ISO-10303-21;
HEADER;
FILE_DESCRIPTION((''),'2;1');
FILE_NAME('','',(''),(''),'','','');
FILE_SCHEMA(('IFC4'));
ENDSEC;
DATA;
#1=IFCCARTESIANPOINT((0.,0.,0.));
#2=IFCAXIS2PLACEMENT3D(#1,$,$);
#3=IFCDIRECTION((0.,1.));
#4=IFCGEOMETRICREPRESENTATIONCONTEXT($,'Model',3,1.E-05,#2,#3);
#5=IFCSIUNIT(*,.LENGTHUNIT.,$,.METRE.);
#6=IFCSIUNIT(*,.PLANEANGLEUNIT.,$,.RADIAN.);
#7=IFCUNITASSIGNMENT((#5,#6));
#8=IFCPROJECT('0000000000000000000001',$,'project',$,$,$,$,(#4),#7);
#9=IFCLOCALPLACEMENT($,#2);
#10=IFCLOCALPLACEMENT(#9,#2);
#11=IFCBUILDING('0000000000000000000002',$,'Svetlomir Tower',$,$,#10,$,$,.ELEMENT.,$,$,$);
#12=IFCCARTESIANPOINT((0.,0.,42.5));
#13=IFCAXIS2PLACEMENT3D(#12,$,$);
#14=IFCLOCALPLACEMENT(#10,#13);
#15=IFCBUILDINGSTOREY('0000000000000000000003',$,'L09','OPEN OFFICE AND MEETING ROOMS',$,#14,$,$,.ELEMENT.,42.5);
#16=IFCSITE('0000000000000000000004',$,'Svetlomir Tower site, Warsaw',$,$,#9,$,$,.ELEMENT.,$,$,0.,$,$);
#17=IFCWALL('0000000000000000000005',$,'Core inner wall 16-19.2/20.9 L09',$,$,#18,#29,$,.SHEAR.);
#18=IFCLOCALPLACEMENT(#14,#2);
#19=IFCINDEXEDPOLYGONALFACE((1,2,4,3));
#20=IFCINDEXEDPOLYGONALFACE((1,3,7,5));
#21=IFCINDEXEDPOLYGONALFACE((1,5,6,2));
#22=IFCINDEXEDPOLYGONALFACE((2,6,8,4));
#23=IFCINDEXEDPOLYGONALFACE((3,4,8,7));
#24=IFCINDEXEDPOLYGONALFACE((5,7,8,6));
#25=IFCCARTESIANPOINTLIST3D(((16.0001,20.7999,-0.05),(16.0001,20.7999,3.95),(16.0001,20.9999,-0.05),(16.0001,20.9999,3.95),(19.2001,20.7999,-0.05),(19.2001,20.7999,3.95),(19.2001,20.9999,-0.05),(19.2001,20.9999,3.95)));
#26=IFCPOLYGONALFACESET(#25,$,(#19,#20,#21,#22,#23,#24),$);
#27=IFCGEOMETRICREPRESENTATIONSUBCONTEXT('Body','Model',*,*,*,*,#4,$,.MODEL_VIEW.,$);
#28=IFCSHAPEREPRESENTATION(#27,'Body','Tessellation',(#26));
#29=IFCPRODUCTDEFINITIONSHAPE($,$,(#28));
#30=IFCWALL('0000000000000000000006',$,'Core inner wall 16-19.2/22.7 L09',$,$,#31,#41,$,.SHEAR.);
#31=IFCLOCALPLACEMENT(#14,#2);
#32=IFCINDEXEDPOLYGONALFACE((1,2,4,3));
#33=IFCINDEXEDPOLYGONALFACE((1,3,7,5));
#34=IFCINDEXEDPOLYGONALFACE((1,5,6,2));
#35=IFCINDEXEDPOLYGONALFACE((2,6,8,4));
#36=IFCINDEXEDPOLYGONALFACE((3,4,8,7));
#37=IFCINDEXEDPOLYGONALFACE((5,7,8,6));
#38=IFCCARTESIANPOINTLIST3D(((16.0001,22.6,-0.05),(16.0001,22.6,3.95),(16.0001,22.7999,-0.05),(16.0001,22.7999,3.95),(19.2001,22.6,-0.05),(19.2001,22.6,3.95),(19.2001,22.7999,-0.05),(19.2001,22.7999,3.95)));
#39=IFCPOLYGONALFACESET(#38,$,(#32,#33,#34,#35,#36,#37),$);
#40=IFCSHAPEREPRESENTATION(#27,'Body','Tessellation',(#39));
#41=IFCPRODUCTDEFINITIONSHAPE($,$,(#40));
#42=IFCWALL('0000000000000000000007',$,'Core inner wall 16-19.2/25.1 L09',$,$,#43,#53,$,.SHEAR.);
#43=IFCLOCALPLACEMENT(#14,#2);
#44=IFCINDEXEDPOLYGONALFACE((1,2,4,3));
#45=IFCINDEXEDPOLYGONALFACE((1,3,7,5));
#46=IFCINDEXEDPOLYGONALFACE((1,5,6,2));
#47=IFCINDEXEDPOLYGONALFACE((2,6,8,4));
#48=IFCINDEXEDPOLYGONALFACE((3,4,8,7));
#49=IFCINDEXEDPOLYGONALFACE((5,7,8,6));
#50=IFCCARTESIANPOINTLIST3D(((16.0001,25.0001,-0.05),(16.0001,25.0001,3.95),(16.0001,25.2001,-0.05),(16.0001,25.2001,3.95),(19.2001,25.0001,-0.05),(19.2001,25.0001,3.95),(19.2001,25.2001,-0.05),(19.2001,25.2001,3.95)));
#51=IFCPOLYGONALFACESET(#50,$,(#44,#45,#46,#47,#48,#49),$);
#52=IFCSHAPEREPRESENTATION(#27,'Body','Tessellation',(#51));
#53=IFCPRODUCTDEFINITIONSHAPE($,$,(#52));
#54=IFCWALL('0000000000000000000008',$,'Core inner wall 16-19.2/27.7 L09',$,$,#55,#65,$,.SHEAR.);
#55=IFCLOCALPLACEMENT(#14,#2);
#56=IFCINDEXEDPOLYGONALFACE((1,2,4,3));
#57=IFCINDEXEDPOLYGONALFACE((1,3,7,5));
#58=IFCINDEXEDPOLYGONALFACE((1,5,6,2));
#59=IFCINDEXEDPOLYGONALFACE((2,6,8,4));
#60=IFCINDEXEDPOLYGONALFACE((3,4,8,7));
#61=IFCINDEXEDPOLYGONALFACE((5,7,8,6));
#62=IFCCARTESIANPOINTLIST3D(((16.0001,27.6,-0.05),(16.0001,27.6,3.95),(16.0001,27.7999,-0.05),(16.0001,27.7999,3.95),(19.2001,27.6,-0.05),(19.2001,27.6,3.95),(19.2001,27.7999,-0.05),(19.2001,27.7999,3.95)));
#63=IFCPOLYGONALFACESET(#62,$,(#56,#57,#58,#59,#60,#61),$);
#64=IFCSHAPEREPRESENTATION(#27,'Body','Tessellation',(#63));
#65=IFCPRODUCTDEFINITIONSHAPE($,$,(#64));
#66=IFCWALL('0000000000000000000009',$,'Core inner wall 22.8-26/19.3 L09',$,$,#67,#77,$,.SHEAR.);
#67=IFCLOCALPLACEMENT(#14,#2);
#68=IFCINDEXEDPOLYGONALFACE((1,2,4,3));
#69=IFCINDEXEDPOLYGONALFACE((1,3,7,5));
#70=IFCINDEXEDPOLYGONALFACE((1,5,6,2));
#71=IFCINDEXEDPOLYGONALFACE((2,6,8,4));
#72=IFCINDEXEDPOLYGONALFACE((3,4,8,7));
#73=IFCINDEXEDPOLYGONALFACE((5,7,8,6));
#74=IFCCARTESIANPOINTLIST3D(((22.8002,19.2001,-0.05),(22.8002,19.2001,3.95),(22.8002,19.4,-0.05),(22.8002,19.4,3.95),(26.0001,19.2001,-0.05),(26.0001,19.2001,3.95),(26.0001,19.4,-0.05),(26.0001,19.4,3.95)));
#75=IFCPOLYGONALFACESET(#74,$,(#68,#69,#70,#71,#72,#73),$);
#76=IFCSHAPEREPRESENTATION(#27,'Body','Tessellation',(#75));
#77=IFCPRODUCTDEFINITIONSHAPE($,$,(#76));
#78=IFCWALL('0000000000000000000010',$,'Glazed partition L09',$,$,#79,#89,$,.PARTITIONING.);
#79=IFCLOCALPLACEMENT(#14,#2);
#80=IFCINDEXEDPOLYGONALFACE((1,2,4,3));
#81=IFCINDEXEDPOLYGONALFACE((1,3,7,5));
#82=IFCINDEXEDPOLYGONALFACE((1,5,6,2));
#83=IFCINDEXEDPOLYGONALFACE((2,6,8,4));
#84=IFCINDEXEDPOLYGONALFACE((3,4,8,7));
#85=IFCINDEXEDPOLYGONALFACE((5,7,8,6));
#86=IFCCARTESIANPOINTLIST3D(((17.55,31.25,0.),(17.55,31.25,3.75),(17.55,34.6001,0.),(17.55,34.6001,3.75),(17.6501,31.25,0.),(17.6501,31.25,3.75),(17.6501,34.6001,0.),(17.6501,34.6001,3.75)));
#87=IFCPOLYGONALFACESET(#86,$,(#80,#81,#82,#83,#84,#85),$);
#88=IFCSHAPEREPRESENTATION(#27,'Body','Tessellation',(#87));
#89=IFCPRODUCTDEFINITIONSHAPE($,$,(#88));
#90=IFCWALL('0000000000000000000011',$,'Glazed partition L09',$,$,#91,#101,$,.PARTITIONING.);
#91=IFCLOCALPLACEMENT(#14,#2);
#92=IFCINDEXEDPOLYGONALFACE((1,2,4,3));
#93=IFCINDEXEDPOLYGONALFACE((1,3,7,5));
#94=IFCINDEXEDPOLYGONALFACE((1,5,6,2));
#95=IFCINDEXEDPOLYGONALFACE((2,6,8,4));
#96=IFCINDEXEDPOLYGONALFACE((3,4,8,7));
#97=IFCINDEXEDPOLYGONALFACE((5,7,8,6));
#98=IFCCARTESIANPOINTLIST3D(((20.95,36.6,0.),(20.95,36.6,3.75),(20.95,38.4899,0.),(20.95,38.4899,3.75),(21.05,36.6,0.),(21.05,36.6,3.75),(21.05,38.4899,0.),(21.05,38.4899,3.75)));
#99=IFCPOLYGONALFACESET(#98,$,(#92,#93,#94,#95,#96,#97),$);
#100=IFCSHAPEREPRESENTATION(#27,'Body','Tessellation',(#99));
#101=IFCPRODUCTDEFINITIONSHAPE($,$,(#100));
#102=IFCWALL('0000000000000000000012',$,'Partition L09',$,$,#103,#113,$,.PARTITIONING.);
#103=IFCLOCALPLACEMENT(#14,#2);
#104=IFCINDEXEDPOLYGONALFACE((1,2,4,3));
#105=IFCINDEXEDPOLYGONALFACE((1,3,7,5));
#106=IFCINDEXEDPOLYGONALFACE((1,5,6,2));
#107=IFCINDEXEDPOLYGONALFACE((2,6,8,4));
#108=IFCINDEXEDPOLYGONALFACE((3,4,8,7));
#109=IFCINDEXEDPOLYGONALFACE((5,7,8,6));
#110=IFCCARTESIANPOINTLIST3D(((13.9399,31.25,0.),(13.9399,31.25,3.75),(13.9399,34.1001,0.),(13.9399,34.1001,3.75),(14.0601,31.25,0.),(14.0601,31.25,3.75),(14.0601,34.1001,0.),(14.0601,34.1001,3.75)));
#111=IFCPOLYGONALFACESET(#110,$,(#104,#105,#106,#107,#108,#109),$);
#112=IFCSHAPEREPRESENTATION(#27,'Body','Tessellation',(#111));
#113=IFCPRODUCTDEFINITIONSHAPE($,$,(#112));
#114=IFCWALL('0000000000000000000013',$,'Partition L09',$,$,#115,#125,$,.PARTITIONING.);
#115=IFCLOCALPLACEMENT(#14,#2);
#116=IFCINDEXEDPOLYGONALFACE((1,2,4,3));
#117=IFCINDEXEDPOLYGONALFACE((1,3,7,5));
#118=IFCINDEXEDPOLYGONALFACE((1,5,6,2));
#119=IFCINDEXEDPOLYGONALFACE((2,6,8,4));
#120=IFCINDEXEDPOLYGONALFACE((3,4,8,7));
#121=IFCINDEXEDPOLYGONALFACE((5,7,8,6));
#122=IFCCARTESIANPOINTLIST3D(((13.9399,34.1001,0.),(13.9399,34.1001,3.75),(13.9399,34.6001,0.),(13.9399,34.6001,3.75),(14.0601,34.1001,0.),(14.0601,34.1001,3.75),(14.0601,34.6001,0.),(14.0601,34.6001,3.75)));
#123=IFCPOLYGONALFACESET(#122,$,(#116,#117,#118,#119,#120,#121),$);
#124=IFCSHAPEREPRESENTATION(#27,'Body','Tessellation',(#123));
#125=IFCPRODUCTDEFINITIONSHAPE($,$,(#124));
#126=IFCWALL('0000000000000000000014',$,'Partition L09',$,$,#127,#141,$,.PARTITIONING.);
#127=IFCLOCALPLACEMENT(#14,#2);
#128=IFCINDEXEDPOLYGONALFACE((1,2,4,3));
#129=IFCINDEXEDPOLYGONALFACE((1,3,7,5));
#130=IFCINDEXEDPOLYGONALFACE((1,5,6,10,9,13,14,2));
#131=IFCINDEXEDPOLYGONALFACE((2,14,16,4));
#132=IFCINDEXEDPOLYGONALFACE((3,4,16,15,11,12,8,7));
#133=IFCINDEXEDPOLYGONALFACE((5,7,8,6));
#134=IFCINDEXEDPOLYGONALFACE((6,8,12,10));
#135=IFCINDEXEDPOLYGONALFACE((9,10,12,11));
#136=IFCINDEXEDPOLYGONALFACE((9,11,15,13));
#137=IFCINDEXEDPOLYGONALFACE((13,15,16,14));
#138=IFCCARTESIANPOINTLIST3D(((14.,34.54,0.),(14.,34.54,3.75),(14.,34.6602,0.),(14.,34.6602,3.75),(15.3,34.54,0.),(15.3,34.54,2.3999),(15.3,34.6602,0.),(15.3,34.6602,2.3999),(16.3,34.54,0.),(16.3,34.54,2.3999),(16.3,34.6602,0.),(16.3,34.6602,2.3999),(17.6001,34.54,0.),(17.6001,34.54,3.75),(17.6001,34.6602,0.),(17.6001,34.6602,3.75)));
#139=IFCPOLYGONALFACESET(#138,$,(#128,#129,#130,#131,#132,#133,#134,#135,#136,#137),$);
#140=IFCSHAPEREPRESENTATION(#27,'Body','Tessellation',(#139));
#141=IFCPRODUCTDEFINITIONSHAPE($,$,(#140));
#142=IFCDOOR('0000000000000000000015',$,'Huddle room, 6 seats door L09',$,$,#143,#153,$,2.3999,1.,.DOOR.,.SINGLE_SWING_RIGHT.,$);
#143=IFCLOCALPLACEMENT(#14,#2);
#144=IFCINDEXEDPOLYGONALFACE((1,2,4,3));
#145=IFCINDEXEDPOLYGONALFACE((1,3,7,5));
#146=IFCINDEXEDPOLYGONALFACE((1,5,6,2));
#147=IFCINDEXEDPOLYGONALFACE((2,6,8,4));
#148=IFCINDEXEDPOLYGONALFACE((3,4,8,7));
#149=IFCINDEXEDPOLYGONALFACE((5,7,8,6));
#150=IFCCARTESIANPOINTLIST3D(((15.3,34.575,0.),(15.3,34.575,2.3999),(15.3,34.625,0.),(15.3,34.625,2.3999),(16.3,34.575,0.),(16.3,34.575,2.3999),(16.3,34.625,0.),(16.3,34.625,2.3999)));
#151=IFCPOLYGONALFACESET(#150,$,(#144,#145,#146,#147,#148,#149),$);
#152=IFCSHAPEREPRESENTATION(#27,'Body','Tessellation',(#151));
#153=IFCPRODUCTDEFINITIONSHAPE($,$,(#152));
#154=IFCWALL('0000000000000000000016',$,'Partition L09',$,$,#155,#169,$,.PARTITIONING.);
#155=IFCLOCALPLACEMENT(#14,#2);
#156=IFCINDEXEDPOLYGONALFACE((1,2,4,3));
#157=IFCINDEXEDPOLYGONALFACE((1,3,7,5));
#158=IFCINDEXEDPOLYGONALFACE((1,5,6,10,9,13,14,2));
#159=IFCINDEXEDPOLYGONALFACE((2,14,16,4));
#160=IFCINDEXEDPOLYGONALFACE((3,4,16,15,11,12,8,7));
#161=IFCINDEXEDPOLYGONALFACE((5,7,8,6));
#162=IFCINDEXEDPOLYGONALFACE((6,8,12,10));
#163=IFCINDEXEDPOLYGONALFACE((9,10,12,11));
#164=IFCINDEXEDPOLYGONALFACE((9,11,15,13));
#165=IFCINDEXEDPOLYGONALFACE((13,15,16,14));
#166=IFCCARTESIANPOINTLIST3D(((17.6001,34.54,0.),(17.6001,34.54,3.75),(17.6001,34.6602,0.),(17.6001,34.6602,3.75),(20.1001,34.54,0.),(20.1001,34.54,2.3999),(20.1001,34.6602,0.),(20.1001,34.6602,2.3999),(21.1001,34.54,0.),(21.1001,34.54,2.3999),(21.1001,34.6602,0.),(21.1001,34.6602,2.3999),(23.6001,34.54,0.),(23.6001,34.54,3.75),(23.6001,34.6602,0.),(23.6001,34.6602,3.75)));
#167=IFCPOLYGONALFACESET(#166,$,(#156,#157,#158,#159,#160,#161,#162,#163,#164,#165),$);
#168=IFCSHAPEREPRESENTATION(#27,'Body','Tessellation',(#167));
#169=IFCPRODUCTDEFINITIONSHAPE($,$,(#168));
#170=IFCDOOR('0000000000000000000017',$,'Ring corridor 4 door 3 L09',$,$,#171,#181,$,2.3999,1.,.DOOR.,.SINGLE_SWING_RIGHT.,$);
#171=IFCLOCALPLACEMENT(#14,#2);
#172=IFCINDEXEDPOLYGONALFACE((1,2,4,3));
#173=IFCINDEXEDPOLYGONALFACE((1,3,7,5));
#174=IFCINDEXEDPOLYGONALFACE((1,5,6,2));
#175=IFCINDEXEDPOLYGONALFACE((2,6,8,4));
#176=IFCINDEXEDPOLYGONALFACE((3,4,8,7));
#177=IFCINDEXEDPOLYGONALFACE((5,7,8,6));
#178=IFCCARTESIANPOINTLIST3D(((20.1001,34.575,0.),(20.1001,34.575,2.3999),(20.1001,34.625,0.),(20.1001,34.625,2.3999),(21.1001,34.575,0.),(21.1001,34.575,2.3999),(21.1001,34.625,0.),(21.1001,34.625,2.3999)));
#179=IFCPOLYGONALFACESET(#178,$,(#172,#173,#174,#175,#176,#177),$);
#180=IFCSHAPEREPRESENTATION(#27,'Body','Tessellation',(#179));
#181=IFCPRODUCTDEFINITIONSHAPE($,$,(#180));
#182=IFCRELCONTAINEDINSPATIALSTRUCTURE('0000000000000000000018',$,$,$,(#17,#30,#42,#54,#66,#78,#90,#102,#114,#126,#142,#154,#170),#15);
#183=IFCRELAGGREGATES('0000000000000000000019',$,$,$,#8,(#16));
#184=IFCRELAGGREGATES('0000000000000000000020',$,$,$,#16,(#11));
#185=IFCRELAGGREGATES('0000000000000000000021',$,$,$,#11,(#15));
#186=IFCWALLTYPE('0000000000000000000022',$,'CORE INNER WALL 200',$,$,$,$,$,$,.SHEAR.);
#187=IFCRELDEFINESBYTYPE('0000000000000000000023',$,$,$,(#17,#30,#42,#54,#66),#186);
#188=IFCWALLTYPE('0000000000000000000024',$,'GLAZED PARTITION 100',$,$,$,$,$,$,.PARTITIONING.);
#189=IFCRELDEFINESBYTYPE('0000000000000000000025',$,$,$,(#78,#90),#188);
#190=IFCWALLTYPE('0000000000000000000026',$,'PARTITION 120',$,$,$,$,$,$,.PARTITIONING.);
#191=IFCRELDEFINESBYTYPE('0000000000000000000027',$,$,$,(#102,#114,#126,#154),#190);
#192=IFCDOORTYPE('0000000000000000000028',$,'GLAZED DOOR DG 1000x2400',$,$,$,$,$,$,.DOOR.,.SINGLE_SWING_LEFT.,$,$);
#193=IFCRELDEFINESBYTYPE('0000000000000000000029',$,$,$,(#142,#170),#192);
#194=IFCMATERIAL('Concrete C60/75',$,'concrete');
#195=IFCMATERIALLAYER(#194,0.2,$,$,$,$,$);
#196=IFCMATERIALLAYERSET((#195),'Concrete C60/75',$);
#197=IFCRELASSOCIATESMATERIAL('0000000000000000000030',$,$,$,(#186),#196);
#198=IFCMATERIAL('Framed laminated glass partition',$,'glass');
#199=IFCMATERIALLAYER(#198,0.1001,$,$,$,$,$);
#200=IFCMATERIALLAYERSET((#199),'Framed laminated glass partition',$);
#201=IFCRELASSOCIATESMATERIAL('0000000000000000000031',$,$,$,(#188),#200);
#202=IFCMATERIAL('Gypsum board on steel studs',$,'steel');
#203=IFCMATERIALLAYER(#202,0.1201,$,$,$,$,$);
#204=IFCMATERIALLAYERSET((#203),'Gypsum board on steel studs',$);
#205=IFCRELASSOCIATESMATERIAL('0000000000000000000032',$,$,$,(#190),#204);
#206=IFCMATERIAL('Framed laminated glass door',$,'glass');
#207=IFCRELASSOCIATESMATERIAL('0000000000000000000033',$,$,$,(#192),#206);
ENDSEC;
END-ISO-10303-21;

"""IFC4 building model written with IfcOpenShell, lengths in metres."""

from ifc_helpers import new_model, si_unit, direction, frame, frame_2d, origin, place, context, subcontext, project, spatial, rectangle, extrude, material, layer, layer_set, type_object, element, fill, save


model = new_model("IFC4")

# Units and contexts
model_context = context("Model", 3, precision=1e-05, world=origin(), true_north=direction((0.0, 1.0)))
body_context = subcontext(model_context, "Body", "Model", "MODEL_VIEW")
ifc_project = project(units=[si_unit("LENGTHUNIT", "METRE"), si_unit("PLANEANGLEUNIT", "RADIAN")], contexts=[model_context])

# Site, building, storey
site_placement = place(None, origin())
site = spatial("IfcSite", under=ifc_project, at=site_placement, Name="Svetlomir Tower site, Warsaw", CompositionType="ELEMENT", RefElevation=0.0)
building_placement = place(site_placement, origin())
building = spatial("IfcBuilding", under=site, at=building_placement, Name="Svetlomir Tower", CompositionType="ELEMENT")
storey_placement = place(building_placement, frame((0.0, 0.0, 42.5)))
storey = spatial("IfcBuildingStorey", under=building, at=storey_placement, Name="L09", Description="OPEN OFFICE AND MEETING ROOMS", CompositionType="ELEMENT", Elevation=42.5)

# Walls
ifc_material_1 = material(Name="Concrete C60/75", Category="concrete")
ifc_layer_1 = layer(ifc_material_1, 0.2)
ifc_layer_set_1 = layer_set([ifc_layer_1], Name="Concrete C60/75")
wall_type_1 = type_object("IfcWallType", Name="CORE INNER WALL 200", PredefinedType="SHEAR", material=ifc_layer_set_1)
for number, where, z_axis, x_axis, name in (
    (1, (16.0, 20.8999, -0.05), (0.0, 0.0, 1.0), (1.0, 0.0, 0.0), "Core inner wall 16-19.2/20.9 L09"),
    (2, (16.0, 22.7, -0.05), (0.0, 0.0, 1.0), (1.0, 0.0, 0.0), "Core inner wall 16-19.2/22.7 L09"),
    (3, (16.0, 25.1001, -0.05), (0.0, 0.0, 1.0), (1.0, 0.0, 0.0), "Core inner wall 16-19.2/25.1 L09"),
    (4, (16.0, 27.7, -0.05), (0.0, 0.0, 1.0), (1.0, 0.0, 0.0), "Core inner wall 16-19.2/27.7 L09"),
    (5, (22.8, 19.3, -0.05), (0.0, 0.0, 1.0), (1.0, 0.0, 0.0), "Core inner wall 22.8-26/19.3 L09"),
):
    element("IfcWall", number, at=place(storey_placement, frame(where, z_axis=z_axis, x_axis=x_axis)), inside=storey, type_object=wall_type_1, Name=name, PredefinedType="SHEAR", context=body_context, shape_type="SweptSolid", body=[
        extrude(rectangle(XDim=3.2, YDim=0.2, at=frame_2d((1.6001, 0.0))), origin(), (0.0, 0.0, 1.0), 4.0),
    ])
ifc_material_2 = material(Name="Framed laminated glass partition", Category="glass")
ifc_layer_2 = layer(ifc_material_2, 0.1001)
ifc_layer_set_2 = layer_set([ifc_layer_2], Name="Framed laminated glass partition")
wall_type_2 = type_object("IfcWallType", Name="GLAZED PARTITION 100", PredefinedType="PARTITIONING", material=ifc_layer_set_2)
wall_1_placement = place(storey_placement, frame((17.6001, 31.25, 0.0), z_axis=(0.0, 0.0, 1.0), x_axis=(0.0, 1.0, 0.0)))
element("IfcWall", 6, at=wall_1_placement, inside=storey, type_object=wall_type_2, Name="Glazed partition L09", PredefinedType="PARTITIONING", context=body_context, shape_type="SweptSolid", body=[
    extrude(rectangle(XDim=3.3501, YDim=0.1001, at=frame_2d((1.675, 0.0))), origin(), (0.0, 0.0, 1.0), 3.75),
])
wall_2_placement = place(storey_placement, frame((21.0, 36.6001, 0.0), z_axis=(0.0, 0.0, 1.0), x_axis=(0.0, 1.0, 0.0)))
element("IfcWall", 7, at=wall_2_placement, inside=storey, type_object=wall_type_2, Name="Glazed partition L09", PredefinedType="PARTITIONING", context=body_context, shape_type="SweptSolid", body=[
    extrude(rectangle(XDim=1.8899, YDim=0.1001, at=frame_2d((0.9448, 0.0))), origin(), (0.0, 0.0, 1.0), 3.75),
])
ifc_material_3 = material(Name="Gypsum board on steel studs", Category="steel")
ifc_layer_3 = layer(ifc_material_3, 0.1201)
ifc_layer_set_3 = layer_set([ifc_layer_3], Name="Gypsum board on steel studs")
wall_type_3 = type_object("IfcWallType", Name="PARTITION 120", PredefinedType="PARTITIONING", material=ifc_layer_set_3)
wall_3_placement = place(storey_placement, frame((14.0, 31.25, 0.0), z_axis=(0.0, 0.0, 1.0), x_axis=(0.0, 1.0, 0.0)))
element("IfcWall", 8, at=wall_3_placement, inside=storey, type_object=wall_type_3, Name="Partition L09", PredefinedType="PARTITIONING", context=body_context, shape_type="SweptSolid", body=[
    extrude(rectangle(XDim=2.8501, YDim=0.1201, at=frame_2d((1.425, 0.0))), origin(), (0.0, 0.0, 1.0), 3.75),
])
wall_4_placement = place(storey_placement, frame((14.0, 34.1001, 0.0), z_axis=(0.0, 0.0, 1.0), x_axis=(0.0, 1.0, 0.0)))
element("IfcWall", 9, at=wall_4_placement, inside=storey, type_object=wall_type_3, Name="Partition L09", PredefinedType="PARTITIONING", context=body_context, shape_type="SweptSolid", body=[
    extrude(rectangle(XDim=0.5, YDim=0.1201, at=frame_2d((0.25, 0.0))), origin(), (0.0, 0.0, 1.0), 3.75),
])

# Walls, openings, doors
wall_5_placement = place(storey_placement, frame((14.0, 34.6001, 0.0), z_axis=(0.0, 0.0, 1.0), x_axis=(1.0, 0.0, 0.0)))
wall_5 = element("IfcWall", 10, at=wall_5_placement, inside=storey, type_object=wall_type_3, Name="Partition L09", PredefinedType="PARTITIONING", context=body_context, shape_type="SweptSolid", body=[
    extrude(rectangle(XDim=3.6001, YDim=0.1201, at=frame_2d((1.8, 0.0))), origin(), (0.0, 0.0, 1.0), 3.75),
])
opening_1_placement = place(wall_5_placement, frame((1.3, 0.0, 0.0)))
opening_1 = element("IfcOpeningElement", 11, at=opening_1_placement, cuts=wall_5, PredefinedType="OPENING", context=body_context, shape_type="SweptSolid", body=[
    extrude(rectangle(XDim=1.0, YDim=2.3999, at=frame_2d((0.5, 1.2))), frame((0.0, 0.0701, 0.0), z_axis=(0.0, -1.0, 0.0), x_axis=(1.0, 0.0, 0.0)), (0.0, 0.0, 1.0), 0.1401),
])
ifc_material_4 = material(Name="Framed laminated glass door", Category="glass")
door_type = type_object("IfcDoorType", Name="GLAZED DOOR DG 1000x2400", OperationType="SINGLE_SWING_LEFT", PredefinedType="DOOR", material=ifc_material_4)
door_1_placement = place(opening_1_placement, origin())
door_1 = element("IfcDoor", 12, at=door_1_placement, inside=storey, type_object=door_type, Name="Huddle room, 6 seats door L09", OperationType="SINGLE_SWING_RIGHT", OverallHeight=2.3999, OverallWidth=1.0, PredefinedType="DOOR", context=body_context, shape_type="SweptSolid", body=[
    extrude(rectangle(XDim=1.0, YDim=2.3999, at=frame_2d((0.5, 1.2))), frame((0.0, 0.0249, 0.0), z_axis=(0.0, -1.0, 0.0), x_axis=(1.0, 0.0, 0.0)), (0.0, 0.0, 1.0), 0.05),
])
fill(opening_1, door_1)
wall_6_placement = place(storey_placement, frame((17.6001, 34.6001, 0.0), z_axis=(0.0, 0.0, 1.0), x_axis=(1.0, 0.0, 0.0)))
wall_6 = element("IfcWall", 13, at=wall_6_placement, inside=storey, type_object=wall_type_3, Name="Partition L09", PredefinedType="PARTITIONING", context=body_context, shape_type="SweptSolid", body=[
    extrude(rectangle(XDim=6.0, YDim=0.1201, at=frame_2d((3.0, 0.0))), origin(), (0.0, 0.0, 1.0), 3.75),
])
opening_2_placement = place(wall_6_placement, frame((2.5, 0.0, 0.0)))
opening_2 = element("IfcOpeningElement", 14, at=opening_2_placement, cuts=wall_6, PredefinedType="OPENING", context=body_context, shape_type="SweptSolid", body=[
    extrude(rectangle(XDim=1.0, YDim=2.3999, at=frame_2d((0.5, 1.2))), frame((0.0, 0.0701, 0.0), z_axis=(0.0, -1.0, 0.0), x_axis=(1.0, 0.0, 0.0)), (0.0, 0.0, 1.0), 0.1401),
])
door_2_placement = place(opening_2_placement, origin())
door_2 = element("IfcDoor", 15, at=door_2_placement, inside=storey, type_object=door_type, Name="Ring corridor 4 door 3 L09", OperationType="SINGLE_SWING_RIGHT", OverallHeight=2.3999, OverallWidth=1.0, PredefinedType="DOOR", context=body_context, shape_type="SweptSolid", body=[
    extrude(rectangle(XDim=1.0, YDim=2.3999, at=frame_2d((0.5, 1.2))), frame((0.0, 0.0249, 0.0), z_axis=(0.0, -1.0, 0.0), x_axis=(1.0, 0.0, 0.0)), (0.0, 0.0, 1.0), 0.05),
])
fill(opening_2, door_2)

save(model, "model.ifc")
